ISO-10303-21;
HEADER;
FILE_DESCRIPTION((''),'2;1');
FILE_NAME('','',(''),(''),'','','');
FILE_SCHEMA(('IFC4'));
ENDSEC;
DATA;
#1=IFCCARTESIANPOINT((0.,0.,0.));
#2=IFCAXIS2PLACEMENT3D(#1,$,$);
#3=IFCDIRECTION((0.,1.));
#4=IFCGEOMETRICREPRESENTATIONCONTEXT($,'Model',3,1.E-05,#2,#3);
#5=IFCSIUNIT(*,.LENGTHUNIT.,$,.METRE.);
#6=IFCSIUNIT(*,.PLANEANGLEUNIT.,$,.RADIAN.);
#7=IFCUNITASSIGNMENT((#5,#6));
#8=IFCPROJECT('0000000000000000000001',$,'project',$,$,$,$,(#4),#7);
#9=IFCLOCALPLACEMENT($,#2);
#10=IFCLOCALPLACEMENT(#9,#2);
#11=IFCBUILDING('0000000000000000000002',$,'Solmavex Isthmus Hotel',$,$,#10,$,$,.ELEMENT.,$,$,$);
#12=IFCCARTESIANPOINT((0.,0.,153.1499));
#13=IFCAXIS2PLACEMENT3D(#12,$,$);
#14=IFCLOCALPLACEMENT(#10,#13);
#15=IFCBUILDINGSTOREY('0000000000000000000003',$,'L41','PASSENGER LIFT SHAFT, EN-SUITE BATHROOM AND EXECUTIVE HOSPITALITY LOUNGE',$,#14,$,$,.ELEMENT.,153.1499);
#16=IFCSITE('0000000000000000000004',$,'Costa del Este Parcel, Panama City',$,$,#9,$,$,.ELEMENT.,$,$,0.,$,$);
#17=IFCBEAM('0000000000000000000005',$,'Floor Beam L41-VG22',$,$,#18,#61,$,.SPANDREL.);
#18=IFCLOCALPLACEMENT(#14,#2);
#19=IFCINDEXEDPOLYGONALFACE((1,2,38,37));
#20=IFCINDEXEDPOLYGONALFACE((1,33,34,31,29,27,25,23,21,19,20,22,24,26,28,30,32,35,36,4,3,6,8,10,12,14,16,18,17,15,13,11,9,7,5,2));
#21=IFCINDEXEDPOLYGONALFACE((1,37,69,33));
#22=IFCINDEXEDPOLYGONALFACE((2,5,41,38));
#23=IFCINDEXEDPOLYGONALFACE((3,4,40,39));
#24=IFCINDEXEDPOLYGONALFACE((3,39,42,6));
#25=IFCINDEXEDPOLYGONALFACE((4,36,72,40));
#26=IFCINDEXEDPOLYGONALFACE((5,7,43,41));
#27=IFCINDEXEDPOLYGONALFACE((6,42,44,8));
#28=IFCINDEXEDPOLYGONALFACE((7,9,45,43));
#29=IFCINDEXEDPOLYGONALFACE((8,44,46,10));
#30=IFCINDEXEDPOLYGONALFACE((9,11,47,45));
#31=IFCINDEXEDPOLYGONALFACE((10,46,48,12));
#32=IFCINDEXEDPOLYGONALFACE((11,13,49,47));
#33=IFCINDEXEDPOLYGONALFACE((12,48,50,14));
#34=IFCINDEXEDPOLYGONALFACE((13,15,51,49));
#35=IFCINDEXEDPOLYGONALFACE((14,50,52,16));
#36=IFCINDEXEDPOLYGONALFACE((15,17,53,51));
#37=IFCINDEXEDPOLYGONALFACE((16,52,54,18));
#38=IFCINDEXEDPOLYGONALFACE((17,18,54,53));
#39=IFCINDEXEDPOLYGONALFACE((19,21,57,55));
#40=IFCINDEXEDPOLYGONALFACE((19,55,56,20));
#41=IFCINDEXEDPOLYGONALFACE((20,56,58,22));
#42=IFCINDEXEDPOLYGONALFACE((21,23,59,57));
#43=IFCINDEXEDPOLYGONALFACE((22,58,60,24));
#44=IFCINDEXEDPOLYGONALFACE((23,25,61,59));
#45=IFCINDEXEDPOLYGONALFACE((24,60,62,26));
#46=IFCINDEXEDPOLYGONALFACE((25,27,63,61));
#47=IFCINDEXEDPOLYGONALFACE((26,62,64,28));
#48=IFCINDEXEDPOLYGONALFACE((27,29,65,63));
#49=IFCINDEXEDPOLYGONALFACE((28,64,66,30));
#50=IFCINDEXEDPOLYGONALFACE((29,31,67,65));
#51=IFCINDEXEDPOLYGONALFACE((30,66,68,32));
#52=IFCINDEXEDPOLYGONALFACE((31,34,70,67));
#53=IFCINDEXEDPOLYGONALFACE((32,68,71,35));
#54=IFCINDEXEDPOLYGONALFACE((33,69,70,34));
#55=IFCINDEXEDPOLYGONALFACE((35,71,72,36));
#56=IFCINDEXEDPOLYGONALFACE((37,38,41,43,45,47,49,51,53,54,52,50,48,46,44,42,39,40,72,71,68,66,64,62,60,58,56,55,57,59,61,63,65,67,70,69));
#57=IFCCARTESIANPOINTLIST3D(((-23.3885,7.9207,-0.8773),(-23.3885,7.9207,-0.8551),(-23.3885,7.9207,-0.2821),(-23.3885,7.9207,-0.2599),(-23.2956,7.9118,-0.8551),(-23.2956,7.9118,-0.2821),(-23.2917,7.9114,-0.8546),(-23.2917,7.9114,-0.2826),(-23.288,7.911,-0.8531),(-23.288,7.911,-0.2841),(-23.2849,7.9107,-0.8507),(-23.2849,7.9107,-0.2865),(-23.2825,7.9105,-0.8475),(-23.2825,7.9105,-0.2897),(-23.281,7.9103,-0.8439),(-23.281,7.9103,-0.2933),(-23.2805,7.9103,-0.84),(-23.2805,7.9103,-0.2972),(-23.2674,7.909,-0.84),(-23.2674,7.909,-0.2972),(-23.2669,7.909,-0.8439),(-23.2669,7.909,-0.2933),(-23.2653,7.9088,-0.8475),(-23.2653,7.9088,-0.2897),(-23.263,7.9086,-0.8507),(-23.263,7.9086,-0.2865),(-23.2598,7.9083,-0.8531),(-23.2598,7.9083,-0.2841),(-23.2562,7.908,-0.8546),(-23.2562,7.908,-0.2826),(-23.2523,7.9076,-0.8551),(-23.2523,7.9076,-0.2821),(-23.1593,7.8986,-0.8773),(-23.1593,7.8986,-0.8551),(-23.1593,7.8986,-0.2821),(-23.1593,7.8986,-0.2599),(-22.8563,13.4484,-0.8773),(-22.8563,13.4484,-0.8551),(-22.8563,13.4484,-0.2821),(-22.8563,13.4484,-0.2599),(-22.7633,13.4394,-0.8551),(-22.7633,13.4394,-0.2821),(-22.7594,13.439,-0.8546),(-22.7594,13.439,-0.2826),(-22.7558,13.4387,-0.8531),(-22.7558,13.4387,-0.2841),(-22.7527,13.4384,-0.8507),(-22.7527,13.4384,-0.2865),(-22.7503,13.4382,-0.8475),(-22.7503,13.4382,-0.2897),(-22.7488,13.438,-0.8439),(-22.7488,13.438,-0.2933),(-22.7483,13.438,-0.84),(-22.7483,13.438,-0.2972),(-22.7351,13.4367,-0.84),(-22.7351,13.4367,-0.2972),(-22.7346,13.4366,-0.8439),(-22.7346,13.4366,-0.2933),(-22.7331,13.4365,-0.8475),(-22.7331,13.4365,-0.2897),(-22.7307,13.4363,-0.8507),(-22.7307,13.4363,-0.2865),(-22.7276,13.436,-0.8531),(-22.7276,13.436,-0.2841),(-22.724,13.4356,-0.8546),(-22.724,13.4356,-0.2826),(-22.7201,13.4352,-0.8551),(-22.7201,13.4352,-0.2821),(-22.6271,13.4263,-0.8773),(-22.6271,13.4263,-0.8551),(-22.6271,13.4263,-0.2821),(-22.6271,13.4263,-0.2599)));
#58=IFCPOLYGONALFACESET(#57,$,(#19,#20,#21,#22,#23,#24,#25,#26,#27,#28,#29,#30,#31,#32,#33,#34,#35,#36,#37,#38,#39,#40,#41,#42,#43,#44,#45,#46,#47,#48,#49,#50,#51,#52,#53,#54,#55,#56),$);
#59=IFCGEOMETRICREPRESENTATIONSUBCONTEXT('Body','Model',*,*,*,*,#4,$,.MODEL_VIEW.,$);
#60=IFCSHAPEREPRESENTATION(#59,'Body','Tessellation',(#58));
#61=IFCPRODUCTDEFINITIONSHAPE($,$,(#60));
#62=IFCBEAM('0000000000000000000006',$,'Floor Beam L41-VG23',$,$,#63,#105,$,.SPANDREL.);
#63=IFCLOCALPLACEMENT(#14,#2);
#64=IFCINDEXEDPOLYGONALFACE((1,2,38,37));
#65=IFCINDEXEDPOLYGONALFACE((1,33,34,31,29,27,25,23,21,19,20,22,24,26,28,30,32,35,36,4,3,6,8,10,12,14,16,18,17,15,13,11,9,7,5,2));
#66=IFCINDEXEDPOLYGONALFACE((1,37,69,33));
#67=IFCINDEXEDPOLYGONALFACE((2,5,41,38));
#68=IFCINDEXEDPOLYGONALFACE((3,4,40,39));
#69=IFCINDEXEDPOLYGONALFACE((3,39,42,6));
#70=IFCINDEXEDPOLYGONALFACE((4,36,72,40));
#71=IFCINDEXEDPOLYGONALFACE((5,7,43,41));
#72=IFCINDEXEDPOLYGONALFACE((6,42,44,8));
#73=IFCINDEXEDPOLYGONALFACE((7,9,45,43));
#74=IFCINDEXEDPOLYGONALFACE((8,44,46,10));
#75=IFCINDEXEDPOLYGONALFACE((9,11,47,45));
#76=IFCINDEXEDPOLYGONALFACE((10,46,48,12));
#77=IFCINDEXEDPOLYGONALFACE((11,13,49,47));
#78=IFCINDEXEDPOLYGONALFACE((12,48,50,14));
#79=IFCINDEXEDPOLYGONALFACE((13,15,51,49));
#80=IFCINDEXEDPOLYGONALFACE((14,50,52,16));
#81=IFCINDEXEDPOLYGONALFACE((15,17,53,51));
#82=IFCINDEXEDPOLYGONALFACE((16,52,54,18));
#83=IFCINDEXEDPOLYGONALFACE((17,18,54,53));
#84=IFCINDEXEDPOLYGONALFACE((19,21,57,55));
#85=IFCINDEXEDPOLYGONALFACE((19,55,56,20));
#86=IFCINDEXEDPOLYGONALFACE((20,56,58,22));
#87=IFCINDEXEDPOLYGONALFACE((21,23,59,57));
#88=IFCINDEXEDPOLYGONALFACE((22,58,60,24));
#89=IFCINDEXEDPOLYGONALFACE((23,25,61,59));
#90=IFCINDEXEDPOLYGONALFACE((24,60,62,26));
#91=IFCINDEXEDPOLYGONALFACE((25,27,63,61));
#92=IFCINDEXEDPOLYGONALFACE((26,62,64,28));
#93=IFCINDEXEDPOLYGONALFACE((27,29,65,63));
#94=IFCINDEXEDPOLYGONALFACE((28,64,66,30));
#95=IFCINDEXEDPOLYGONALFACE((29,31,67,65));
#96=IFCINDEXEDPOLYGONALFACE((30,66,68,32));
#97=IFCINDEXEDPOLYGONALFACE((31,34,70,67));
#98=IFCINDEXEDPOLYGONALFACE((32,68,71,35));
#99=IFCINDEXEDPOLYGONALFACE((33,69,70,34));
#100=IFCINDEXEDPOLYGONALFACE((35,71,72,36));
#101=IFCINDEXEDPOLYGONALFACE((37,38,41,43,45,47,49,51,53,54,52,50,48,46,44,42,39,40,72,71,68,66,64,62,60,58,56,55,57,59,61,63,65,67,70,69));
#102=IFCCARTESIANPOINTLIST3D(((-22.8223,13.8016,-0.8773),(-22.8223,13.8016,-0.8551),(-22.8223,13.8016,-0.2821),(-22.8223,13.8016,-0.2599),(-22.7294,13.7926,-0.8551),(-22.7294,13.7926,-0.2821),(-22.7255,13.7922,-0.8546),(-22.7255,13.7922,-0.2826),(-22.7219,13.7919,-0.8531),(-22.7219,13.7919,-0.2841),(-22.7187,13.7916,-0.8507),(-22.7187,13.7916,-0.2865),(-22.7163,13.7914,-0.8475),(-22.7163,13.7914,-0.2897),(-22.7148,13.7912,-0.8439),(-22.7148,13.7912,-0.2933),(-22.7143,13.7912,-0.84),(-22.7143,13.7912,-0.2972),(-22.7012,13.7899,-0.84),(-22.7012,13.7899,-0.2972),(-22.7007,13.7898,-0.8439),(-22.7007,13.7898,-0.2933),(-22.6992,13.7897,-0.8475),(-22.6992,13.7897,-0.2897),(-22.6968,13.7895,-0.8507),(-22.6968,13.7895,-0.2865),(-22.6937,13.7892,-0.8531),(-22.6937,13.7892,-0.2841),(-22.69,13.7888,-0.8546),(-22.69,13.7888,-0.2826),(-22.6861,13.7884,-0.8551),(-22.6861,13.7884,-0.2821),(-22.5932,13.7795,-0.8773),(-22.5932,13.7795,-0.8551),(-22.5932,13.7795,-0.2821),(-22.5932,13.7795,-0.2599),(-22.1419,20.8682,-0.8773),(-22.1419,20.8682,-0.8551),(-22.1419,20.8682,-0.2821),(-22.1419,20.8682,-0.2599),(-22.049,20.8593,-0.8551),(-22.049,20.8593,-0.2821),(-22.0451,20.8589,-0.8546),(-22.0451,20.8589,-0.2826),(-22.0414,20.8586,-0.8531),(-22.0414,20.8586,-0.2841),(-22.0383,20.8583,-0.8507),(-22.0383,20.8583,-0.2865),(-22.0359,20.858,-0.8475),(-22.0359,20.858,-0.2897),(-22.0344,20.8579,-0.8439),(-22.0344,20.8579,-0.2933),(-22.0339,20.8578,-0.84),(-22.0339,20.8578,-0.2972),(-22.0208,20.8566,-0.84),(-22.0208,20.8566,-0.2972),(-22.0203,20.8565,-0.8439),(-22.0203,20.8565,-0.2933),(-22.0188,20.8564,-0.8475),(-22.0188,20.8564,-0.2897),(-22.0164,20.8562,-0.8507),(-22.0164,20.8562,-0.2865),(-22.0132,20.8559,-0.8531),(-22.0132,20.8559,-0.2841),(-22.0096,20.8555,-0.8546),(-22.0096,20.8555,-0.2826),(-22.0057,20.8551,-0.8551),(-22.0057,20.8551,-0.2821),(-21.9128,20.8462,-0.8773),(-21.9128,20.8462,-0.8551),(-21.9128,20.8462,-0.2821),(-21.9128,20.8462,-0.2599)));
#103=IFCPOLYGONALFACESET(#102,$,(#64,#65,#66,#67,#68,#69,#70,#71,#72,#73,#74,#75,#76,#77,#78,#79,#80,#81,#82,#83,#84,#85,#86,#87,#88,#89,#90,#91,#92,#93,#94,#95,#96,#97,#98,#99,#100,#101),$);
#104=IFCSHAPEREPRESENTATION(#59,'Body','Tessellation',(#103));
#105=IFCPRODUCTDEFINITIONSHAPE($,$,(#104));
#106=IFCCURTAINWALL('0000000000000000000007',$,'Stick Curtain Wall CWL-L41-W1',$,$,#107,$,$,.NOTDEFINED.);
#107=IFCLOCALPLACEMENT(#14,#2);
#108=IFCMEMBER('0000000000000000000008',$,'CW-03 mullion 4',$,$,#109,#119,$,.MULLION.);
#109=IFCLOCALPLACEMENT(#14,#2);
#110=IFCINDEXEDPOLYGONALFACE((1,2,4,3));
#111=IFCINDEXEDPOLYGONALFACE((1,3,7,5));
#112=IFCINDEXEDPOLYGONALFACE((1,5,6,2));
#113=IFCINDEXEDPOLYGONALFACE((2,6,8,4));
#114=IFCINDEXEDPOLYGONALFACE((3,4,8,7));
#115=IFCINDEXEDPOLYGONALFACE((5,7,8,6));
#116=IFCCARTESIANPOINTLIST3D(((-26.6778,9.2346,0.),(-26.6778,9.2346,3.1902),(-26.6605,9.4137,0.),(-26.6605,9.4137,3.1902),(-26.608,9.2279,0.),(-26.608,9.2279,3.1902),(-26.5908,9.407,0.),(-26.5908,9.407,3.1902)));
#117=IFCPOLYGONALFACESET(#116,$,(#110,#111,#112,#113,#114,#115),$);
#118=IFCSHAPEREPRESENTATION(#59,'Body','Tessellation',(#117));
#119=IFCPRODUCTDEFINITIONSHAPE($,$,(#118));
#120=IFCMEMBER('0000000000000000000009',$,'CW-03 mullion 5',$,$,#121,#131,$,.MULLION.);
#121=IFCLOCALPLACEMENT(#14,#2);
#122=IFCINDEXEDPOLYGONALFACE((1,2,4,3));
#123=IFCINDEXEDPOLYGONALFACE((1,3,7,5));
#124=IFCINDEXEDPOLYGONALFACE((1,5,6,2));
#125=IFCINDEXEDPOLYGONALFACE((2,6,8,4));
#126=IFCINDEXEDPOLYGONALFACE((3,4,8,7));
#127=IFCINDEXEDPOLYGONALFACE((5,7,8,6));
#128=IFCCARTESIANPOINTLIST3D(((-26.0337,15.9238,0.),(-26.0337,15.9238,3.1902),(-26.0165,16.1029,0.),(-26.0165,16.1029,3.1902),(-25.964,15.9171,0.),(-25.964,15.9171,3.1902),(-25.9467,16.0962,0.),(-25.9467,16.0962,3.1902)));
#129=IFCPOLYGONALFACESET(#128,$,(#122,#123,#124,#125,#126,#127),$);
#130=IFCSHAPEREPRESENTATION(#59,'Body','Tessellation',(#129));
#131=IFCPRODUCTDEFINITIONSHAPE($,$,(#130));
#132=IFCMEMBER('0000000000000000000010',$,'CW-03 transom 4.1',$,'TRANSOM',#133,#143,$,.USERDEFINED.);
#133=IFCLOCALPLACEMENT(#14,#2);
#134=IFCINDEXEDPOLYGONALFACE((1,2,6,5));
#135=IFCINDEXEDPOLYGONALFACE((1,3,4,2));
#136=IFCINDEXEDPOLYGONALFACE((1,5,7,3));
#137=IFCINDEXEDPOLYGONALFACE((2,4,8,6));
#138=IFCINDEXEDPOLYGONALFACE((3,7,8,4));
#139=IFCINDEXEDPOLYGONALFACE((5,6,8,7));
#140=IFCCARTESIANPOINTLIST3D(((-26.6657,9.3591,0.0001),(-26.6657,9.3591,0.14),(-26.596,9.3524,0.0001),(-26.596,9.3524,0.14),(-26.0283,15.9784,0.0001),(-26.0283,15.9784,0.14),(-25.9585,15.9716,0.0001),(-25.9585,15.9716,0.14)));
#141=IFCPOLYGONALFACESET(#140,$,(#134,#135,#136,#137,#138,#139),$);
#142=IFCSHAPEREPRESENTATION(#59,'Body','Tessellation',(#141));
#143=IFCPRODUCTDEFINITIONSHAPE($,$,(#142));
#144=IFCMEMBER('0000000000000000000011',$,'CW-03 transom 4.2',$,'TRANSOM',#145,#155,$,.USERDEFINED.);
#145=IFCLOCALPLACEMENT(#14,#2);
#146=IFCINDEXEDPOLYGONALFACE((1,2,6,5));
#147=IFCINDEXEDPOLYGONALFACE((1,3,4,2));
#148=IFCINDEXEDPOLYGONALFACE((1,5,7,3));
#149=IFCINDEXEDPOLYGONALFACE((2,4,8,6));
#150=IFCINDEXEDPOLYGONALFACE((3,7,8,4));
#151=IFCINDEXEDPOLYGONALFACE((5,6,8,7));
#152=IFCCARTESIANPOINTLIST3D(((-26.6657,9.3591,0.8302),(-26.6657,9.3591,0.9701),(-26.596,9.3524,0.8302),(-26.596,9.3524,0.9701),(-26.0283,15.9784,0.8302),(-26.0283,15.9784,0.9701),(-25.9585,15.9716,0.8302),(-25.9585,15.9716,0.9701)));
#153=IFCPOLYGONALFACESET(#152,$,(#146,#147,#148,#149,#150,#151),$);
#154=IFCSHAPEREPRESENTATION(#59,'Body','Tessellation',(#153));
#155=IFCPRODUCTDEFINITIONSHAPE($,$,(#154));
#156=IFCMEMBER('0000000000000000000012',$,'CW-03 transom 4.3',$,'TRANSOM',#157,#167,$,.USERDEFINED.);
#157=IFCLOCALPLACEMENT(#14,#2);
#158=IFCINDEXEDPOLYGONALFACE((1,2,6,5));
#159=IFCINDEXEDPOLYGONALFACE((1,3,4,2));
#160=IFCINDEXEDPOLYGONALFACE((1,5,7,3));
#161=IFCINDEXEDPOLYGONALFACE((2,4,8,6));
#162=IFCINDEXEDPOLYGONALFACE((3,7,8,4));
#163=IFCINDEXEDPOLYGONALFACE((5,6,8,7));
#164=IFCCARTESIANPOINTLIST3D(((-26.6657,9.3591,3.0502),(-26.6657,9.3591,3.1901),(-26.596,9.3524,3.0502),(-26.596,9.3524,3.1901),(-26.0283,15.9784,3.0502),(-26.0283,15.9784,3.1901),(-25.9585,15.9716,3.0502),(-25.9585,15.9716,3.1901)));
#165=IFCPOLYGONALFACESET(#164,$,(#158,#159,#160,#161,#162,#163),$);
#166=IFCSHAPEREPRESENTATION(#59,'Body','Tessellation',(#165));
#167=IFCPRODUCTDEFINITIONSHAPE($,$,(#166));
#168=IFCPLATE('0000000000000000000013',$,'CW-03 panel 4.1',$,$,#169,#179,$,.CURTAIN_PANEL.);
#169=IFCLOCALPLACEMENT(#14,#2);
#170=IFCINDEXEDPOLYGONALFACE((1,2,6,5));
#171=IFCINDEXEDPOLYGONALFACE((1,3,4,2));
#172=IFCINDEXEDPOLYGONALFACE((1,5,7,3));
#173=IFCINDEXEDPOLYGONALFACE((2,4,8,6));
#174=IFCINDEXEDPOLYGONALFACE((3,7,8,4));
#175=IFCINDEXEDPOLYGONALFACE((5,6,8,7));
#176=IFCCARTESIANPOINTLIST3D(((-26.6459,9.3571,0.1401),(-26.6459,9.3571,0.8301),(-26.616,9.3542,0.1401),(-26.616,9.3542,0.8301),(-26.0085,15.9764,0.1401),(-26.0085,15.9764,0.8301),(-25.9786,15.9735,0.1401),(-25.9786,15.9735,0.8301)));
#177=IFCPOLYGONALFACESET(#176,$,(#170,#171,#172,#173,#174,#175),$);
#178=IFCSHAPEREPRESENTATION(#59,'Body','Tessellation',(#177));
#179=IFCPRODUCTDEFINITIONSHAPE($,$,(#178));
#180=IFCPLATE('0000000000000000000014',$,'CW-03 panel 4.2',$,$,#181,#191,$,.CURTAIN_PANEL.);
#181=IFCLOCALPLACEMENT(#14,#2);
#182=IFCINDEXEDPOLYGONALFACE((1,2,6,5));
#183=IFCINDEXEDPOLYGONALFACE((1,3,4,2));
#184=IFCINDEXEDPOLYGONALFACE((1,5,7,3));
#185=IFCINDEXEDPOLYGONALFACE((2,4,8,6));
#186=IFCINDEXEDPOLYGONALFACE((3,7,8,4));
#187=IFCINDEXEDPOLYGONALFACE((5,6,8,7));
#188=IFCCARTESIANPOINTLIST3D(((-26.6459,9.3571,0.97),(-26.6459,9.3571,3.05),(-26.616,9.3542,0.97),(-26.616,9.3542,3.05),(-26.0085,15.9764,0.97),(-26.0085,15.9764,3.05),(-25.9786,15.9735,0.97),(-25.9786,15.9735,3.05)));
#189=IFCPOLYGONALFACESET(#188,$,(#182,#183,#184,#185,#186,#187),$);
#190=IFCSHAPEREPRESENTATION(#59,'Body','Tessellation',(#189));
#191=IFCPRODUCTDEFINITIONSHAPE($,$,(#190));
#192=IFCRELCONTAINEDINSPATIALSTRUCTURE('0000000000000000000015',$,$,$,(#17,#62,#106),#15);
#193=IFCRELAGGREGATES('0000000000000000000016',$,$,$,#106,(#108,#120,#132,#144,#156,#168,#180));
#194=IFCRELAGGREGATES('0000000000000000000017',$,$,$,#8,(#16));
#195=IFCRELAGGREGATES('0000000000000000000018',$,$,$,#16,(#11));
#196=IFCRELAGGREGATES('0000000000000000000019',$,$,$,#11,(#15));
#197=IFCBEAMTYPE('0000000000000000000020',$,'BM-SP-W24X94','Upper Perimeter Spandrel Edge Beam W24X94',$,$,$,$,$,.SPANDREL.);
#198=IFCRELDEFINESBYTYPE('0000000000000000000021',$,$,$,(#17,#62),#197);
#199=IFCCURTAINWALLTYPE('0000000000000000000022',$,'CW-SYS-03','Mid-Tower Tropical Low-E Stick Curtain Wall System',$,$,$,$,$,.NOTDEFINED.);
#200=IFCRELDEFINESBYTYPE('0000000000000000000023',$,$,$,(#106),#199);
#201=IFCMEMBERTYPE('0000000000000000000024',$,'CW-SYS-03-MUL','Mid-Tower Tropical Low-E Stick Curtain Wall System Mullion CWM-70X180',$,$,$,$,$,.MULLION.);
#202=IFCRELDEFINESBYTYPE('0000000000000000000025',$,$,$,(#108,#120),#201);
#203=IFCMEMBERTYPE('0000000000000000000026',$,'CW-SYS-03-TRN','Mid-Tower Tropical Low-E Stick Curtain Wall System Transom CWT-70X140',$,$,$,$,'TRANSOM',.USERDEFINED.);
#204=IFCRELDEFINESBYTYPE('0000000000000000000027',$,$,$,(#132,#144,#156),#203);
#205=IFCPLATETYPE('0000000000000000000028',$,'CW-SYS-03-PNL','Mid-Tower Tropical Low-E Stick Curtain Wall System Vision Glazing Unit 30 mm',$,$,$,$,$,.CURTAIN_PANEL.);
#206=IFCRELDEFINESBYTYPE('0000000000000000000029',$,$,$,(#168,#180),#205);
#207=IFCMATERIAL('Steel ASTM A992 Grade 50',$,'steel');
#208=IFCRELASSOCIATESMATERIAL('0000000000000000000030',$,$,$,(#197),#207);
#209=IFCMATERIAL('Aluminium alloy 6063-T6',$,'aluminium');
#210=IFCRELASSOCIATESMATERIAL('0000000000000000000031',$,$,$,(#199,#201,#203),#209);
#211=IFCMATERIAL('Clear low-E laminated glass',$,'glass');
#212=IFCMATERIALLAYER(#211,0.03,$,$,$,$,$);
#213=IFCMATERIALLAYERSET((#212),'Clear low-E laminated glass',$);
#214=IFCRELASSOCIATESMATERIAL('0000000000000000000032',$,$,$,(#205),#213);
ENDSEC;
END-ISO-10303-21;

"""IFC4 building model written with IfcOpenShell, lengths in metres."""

from ifc_helpers import new_model, si_unit, direction, frame, origin, origin_2d, place, context, subcontext, project, spatial, rectangle, i_section, extrude, material, layer, layer_set, material_profile, profile_set, type_object, element, aggregate, save


model = new_model("IFC4")

# Units and contexts
model_context = context("Model", 3, precision=1e-05, world=origin(), true_north=direction((0.0, 1.0)))
body_context = subcontext(model_context, "Body", "Model", "MODEL_VIEW")
ifc_project = project(units=[si_unit("LENGTHUNIT", "METRE"), si_unit("PLANEANGLEUNIT", "RADIAN")], contexts=[model_context])

# Site, building, storey
site_placement = place(None, origin())
site = spatial("IfcSite", under=ifc_project, at=site_placement, Name="Costa del Este Parcel, Panama City", CompositionType="ELEMENT", RefElevation=0.0)
building_placement = place(site_placement, origin())
building = spatial("IfcBuilding", under=site, at=building_placement, Name="Solmavex Isthmus Hotel", CompositionType="ELEMENT")
storey_placement = place(building_placement, frame((0.0, 0.0, 153.1499)))
storey = spatial("IfcBuildingStorey", under=building, at=storey_placement, Name="L41", Description="PASSENGER LIFT SHAFT, EN-SUITE BATHROOM AND EXECUTIVE HOSPITALITY LOUNGE", CompositionType="ELEMENT", Elevation=153.1499)

# Beams
ifc_material_1 = material(Name="Steel ASTM A992 Grade 50", Category="steel")
ifc_material_profile_1 = material_profile(ifc_material_1, i_section(OverallWidth=0.2302, OverallDepth=0.6174, WebThickness=0.0132, FlangeThickness=0.0222, FilletRadius=0.0151, at=origin_2d()), Name="W24X94")
ifc_profile_set_1 = profile_set([ifc_material_profile_1], Name="Steel ASTM A992 Grade 50")
beam_type_1 = type_object("IfcBeamType", Name="BM-SP-W24X94", Description="Upper Perimeter Spandrel Edge Beam W24X94", PredefinedType="SPANDREL", material=ifc_profile_set_1)
beam_1_placement = place(storey_placement, frame((-23.2739, 7.9097, -0.5686), z_axis=(0.095842, 0.995397, 0.0), x_axis=(-0.995397, 0.095842, 0.0)))
element("IfcBeam", 1, at=beam_1_placement, inside=storey, type_object=beam_type_1, Name="Floor Beam L41-VG22", PredefinedType="SPANDREL", context=body_context, shape_type="SweptSolid", body=[
    extrude(i_section(OverallWidth=0.2302, OverallDepth=0.6174, WebThickness=0.0132, FlangeThickness=0.0222, FilletRadius=0.0151, at=origin_2d()), origin(), (0.0, 0.0, 1.0), 5.5532),
])
beam_2_placement = place(storey_placement, frame((-22.7078, 13.7905, -0.5686), z_axis=(0.095843, 0.995396, 0.0), x_axis=(-0.995396, 0.095843, 0.0)))
element("IfcBeam", 2, at=beam_2_placement, inside=storey, type_object=beam_type_1, Name="Floor Beam L41-VG23", PredefinedType="SPANDREL", context=body_context, shape_type="SweptSolid", body=[
    extrude(i_section(OverallWidth=0.2302, OverallDepth=0.6174, WebThickness=0.0132, FlangeThickness=0.0222, FilletRadius=0.0151, at=origin_2d()), origin(), (0.0, 0.0, 1.0), 7.0994),
])

# Curtain wall, members, plates
ifc_material_2 = material(Name="Aluminium alloy 6063-T6", Category="aluminium")
curtain_wall_type = type_object("IfcCurtainWallType", Name="CW-SYS-03", Description="Mid-Tower Tropical Low-E Stick Curtain Wall System", PredefinedType="NOTDEFINED", material=ifc_material_2)
curtain_wall_placement = place(storey_placement, origin())
curtain_wall = element("IfcCurtainWall", 3, at=curtain_wall_placement, inside=storey, type_object=curtain_wall_type, Name="Stick Curtain Wall CWL-L41-W1", PredefinedType="NOTDEFINED")
ifc_material_profile_2 = material_profile(ifc_material_2, rectangle(XDim=0.0701, YDim=0.1799, at=origin_2d()), Name="CWM-70X180")
ifc_profile_set_2 = profile_set([ifc_material_profile_2], Name="Aluminium alloy 6063-T6")
member_type_1 = type_object("IfcMemberType", Name="CW-SYS-03-MUL", Description="Mid-Tower Tropical Low-E Stick Curtain Wall System Mullion CWM-70X180", PredefinedType="MULLION", material=ifc_profile_set_2)
member_1_placement = place(storey_placement, frame((-26.6343, 9.3208, 0.0), z_axis=(0.0, 0.0, 1.0), x_axis=(-0.995396, 0.095846, 0.0)))
member_1 = element("IfcMember", 4, at=member_1_placement, type_object=member_type_1, Name="CW-03 mullion 4", PredefinedType="MULLION", context=body_context, shape_type="SweptSolid", body=[
    extrude(rectangle(XDim=0.0701, YDim=0.1799, at=origin_2d()), origin(), (0.0, 0.0, 1.0), 3.1902),
])
member_2_placement = place(storey_placement, frame((-25.9902, 16.01, 0.0), z_axis=(0.0, 0.0, 1.0), x_axis=(-0.995396, 0.095846, 0.0)))
member_2 = element("IfcMember", 5, at=member_2_placement, type_object=member_type_1, Name="CW-03 mullion 5", PredefinedType="MULLION", context=body_context, shape_type="SweptSolid", body=[
    extrude(rectangle(XDim=0.0701, YDim=0.1799, at=origin_2d()), origin(), (0.0, 0.0, 1.0), 3.1902),
])
ifc_material_profile_3 = material_profile(ifc_material_2, rectangle(XDim=0.0701, YDim=0.1399, at=origin_2d()), Name="CWT-70X140")
ifc_profile_set_3 = profile_set([ifc_material_profile_3], Name="Aluminium alloy 6063-T6")
member_type_2 = type_object("IfcMemberType", Name="CW-SYS-03-TRN", Description="Mid-Tower Tropical Low-E Stick Curtain Wall System Transom CWT-70X140", ElementType="TRANSOM", PredefinedType="USERDEFINED", material=ifc_profile_set_3)
member_3_placement = place(storey_placement, frame((-26.6309, 9.3557, 0.0701), z_axis=(0.095857, 0.995395, 0.0), x_axis=(-0.995395, 0.095857, 0.0)))
member_3 = element("IfcMember", 6, at=member_3_placement, type_object=member_type_2, Name="CW-03 transom 4.1", ObjectType="TRANSOM", PredefinedType="USERDEFINED", context=body_context, shape_type="SweptSolid", body=[
    extrude(rectangle(XDim=0.0701, YDim=0.1399, at=origin_2d()), origin(), (0.0, 0.0, 1.0), 6.6499),
])
member_4_placement = place(storey_placement, frame((-26.6309, 9.3557, 0.9001), z_axis=(0.095857, 0.995395, 0.0), x_axis=(-0.995395, 0.095857, 0.0)))
member_4 = element("IfcMember", 7, at=member_4_placement, type_object=member_type_2, Name="CW-03 transom 4.2", ObjectType="TRANSOM", PredefinedType="USERDEFINED", context=body_context, shape_type="SweptSolid", body=[
    extrude(rectangle(XDim=0.0701, YDim=0.1399, at=origin_2d()), origin(), (0.0, 0.0, 1.0), 6.6499),
])
member_5_placement = place(storey_placement, frame((-26.6309, 9.3557, 3.1201), z_axis=(0.095857, 0.995395, 0.0), x_axis=(-0.995395, 0.095857, 0.0)))
member_5 = element("IfcMember", 8, at=member_5_placement, type_object=member_type_2, Name="CW-03 transom 4.3", ObjectType="TRANSOM", PredefinedType="USERDEFINED", context=body_context, shape_type="SweptSolid", body=[
    extrude(rectangle(XDim=0.0701, YDim=0.1399, at=origin_2d()), origin(), (0.0, 0.0, 1.0), 6.6499),
])
ifc_material_3 = material(Name="Clear low-E laminated glass", Category="glass")
ifc_layer_1 = layer(ifc_material_3, 0.03)
ifc_layer_set_1 = layer_set([ifc_layer_1], Name="Clear low-E laminated glass")
plate_type = type_object("IfcPlateType", Name="CW-SYS-03-PNL", Description="Mid-Tower Tropical Low-E Stick Curtain Wall System Vision Glazing Unit 30 mm", PredefinedType="CURTAIN_PANEL", material=ifc_layer_set_1)
plate_1_placement = place(storey_placement, frame((-26.3123, 12.6653, 0.1401), z_axis=(0.0, 0.0, 1.0), x_axis=(0.095846, 0.995396, 0.0)))
plate_1 = element("IfcPlate", 9, at=plate_1_placement, type_object=plate_type, Name="CW-03 panel 4.1", PredefinedType="CURTAIN_PANEL", context=body_context, shape_type="SweptSolid", body=[
    extrude(rectangle(XDim=6.6499, YDim=0.03, at=origin_2d()), origin(), (0.0, 0.0, 1.0), 0.6899),
])
plate_2_placement = place(storey_placement, frame((-26.3123, 12.6653, 0.97), z_axis=(0.0, 0.0, 1.0), x_axis=(0.095846, 0.995396, 0.0)))
plate_2 = element("IfcPlate", 10, at=plate_2_placement, type_object=plate_type, Name="CW-03 panel 4.2", PredefinedType="CURTAIN_PANEL", context=body_context, shape_type="SweptSolid", body=[
    extrude(rectangle(XDim=6.6499, YDim=0.03, at=origin_2d()), origin(), (0.0, 0.0, 1.0), 2.0801),
])
aggregate(curtain_wall, [member_1, member_2, member_3, member_4, member_5, plate_1, plate_2])

save(model, "model.ifc")
